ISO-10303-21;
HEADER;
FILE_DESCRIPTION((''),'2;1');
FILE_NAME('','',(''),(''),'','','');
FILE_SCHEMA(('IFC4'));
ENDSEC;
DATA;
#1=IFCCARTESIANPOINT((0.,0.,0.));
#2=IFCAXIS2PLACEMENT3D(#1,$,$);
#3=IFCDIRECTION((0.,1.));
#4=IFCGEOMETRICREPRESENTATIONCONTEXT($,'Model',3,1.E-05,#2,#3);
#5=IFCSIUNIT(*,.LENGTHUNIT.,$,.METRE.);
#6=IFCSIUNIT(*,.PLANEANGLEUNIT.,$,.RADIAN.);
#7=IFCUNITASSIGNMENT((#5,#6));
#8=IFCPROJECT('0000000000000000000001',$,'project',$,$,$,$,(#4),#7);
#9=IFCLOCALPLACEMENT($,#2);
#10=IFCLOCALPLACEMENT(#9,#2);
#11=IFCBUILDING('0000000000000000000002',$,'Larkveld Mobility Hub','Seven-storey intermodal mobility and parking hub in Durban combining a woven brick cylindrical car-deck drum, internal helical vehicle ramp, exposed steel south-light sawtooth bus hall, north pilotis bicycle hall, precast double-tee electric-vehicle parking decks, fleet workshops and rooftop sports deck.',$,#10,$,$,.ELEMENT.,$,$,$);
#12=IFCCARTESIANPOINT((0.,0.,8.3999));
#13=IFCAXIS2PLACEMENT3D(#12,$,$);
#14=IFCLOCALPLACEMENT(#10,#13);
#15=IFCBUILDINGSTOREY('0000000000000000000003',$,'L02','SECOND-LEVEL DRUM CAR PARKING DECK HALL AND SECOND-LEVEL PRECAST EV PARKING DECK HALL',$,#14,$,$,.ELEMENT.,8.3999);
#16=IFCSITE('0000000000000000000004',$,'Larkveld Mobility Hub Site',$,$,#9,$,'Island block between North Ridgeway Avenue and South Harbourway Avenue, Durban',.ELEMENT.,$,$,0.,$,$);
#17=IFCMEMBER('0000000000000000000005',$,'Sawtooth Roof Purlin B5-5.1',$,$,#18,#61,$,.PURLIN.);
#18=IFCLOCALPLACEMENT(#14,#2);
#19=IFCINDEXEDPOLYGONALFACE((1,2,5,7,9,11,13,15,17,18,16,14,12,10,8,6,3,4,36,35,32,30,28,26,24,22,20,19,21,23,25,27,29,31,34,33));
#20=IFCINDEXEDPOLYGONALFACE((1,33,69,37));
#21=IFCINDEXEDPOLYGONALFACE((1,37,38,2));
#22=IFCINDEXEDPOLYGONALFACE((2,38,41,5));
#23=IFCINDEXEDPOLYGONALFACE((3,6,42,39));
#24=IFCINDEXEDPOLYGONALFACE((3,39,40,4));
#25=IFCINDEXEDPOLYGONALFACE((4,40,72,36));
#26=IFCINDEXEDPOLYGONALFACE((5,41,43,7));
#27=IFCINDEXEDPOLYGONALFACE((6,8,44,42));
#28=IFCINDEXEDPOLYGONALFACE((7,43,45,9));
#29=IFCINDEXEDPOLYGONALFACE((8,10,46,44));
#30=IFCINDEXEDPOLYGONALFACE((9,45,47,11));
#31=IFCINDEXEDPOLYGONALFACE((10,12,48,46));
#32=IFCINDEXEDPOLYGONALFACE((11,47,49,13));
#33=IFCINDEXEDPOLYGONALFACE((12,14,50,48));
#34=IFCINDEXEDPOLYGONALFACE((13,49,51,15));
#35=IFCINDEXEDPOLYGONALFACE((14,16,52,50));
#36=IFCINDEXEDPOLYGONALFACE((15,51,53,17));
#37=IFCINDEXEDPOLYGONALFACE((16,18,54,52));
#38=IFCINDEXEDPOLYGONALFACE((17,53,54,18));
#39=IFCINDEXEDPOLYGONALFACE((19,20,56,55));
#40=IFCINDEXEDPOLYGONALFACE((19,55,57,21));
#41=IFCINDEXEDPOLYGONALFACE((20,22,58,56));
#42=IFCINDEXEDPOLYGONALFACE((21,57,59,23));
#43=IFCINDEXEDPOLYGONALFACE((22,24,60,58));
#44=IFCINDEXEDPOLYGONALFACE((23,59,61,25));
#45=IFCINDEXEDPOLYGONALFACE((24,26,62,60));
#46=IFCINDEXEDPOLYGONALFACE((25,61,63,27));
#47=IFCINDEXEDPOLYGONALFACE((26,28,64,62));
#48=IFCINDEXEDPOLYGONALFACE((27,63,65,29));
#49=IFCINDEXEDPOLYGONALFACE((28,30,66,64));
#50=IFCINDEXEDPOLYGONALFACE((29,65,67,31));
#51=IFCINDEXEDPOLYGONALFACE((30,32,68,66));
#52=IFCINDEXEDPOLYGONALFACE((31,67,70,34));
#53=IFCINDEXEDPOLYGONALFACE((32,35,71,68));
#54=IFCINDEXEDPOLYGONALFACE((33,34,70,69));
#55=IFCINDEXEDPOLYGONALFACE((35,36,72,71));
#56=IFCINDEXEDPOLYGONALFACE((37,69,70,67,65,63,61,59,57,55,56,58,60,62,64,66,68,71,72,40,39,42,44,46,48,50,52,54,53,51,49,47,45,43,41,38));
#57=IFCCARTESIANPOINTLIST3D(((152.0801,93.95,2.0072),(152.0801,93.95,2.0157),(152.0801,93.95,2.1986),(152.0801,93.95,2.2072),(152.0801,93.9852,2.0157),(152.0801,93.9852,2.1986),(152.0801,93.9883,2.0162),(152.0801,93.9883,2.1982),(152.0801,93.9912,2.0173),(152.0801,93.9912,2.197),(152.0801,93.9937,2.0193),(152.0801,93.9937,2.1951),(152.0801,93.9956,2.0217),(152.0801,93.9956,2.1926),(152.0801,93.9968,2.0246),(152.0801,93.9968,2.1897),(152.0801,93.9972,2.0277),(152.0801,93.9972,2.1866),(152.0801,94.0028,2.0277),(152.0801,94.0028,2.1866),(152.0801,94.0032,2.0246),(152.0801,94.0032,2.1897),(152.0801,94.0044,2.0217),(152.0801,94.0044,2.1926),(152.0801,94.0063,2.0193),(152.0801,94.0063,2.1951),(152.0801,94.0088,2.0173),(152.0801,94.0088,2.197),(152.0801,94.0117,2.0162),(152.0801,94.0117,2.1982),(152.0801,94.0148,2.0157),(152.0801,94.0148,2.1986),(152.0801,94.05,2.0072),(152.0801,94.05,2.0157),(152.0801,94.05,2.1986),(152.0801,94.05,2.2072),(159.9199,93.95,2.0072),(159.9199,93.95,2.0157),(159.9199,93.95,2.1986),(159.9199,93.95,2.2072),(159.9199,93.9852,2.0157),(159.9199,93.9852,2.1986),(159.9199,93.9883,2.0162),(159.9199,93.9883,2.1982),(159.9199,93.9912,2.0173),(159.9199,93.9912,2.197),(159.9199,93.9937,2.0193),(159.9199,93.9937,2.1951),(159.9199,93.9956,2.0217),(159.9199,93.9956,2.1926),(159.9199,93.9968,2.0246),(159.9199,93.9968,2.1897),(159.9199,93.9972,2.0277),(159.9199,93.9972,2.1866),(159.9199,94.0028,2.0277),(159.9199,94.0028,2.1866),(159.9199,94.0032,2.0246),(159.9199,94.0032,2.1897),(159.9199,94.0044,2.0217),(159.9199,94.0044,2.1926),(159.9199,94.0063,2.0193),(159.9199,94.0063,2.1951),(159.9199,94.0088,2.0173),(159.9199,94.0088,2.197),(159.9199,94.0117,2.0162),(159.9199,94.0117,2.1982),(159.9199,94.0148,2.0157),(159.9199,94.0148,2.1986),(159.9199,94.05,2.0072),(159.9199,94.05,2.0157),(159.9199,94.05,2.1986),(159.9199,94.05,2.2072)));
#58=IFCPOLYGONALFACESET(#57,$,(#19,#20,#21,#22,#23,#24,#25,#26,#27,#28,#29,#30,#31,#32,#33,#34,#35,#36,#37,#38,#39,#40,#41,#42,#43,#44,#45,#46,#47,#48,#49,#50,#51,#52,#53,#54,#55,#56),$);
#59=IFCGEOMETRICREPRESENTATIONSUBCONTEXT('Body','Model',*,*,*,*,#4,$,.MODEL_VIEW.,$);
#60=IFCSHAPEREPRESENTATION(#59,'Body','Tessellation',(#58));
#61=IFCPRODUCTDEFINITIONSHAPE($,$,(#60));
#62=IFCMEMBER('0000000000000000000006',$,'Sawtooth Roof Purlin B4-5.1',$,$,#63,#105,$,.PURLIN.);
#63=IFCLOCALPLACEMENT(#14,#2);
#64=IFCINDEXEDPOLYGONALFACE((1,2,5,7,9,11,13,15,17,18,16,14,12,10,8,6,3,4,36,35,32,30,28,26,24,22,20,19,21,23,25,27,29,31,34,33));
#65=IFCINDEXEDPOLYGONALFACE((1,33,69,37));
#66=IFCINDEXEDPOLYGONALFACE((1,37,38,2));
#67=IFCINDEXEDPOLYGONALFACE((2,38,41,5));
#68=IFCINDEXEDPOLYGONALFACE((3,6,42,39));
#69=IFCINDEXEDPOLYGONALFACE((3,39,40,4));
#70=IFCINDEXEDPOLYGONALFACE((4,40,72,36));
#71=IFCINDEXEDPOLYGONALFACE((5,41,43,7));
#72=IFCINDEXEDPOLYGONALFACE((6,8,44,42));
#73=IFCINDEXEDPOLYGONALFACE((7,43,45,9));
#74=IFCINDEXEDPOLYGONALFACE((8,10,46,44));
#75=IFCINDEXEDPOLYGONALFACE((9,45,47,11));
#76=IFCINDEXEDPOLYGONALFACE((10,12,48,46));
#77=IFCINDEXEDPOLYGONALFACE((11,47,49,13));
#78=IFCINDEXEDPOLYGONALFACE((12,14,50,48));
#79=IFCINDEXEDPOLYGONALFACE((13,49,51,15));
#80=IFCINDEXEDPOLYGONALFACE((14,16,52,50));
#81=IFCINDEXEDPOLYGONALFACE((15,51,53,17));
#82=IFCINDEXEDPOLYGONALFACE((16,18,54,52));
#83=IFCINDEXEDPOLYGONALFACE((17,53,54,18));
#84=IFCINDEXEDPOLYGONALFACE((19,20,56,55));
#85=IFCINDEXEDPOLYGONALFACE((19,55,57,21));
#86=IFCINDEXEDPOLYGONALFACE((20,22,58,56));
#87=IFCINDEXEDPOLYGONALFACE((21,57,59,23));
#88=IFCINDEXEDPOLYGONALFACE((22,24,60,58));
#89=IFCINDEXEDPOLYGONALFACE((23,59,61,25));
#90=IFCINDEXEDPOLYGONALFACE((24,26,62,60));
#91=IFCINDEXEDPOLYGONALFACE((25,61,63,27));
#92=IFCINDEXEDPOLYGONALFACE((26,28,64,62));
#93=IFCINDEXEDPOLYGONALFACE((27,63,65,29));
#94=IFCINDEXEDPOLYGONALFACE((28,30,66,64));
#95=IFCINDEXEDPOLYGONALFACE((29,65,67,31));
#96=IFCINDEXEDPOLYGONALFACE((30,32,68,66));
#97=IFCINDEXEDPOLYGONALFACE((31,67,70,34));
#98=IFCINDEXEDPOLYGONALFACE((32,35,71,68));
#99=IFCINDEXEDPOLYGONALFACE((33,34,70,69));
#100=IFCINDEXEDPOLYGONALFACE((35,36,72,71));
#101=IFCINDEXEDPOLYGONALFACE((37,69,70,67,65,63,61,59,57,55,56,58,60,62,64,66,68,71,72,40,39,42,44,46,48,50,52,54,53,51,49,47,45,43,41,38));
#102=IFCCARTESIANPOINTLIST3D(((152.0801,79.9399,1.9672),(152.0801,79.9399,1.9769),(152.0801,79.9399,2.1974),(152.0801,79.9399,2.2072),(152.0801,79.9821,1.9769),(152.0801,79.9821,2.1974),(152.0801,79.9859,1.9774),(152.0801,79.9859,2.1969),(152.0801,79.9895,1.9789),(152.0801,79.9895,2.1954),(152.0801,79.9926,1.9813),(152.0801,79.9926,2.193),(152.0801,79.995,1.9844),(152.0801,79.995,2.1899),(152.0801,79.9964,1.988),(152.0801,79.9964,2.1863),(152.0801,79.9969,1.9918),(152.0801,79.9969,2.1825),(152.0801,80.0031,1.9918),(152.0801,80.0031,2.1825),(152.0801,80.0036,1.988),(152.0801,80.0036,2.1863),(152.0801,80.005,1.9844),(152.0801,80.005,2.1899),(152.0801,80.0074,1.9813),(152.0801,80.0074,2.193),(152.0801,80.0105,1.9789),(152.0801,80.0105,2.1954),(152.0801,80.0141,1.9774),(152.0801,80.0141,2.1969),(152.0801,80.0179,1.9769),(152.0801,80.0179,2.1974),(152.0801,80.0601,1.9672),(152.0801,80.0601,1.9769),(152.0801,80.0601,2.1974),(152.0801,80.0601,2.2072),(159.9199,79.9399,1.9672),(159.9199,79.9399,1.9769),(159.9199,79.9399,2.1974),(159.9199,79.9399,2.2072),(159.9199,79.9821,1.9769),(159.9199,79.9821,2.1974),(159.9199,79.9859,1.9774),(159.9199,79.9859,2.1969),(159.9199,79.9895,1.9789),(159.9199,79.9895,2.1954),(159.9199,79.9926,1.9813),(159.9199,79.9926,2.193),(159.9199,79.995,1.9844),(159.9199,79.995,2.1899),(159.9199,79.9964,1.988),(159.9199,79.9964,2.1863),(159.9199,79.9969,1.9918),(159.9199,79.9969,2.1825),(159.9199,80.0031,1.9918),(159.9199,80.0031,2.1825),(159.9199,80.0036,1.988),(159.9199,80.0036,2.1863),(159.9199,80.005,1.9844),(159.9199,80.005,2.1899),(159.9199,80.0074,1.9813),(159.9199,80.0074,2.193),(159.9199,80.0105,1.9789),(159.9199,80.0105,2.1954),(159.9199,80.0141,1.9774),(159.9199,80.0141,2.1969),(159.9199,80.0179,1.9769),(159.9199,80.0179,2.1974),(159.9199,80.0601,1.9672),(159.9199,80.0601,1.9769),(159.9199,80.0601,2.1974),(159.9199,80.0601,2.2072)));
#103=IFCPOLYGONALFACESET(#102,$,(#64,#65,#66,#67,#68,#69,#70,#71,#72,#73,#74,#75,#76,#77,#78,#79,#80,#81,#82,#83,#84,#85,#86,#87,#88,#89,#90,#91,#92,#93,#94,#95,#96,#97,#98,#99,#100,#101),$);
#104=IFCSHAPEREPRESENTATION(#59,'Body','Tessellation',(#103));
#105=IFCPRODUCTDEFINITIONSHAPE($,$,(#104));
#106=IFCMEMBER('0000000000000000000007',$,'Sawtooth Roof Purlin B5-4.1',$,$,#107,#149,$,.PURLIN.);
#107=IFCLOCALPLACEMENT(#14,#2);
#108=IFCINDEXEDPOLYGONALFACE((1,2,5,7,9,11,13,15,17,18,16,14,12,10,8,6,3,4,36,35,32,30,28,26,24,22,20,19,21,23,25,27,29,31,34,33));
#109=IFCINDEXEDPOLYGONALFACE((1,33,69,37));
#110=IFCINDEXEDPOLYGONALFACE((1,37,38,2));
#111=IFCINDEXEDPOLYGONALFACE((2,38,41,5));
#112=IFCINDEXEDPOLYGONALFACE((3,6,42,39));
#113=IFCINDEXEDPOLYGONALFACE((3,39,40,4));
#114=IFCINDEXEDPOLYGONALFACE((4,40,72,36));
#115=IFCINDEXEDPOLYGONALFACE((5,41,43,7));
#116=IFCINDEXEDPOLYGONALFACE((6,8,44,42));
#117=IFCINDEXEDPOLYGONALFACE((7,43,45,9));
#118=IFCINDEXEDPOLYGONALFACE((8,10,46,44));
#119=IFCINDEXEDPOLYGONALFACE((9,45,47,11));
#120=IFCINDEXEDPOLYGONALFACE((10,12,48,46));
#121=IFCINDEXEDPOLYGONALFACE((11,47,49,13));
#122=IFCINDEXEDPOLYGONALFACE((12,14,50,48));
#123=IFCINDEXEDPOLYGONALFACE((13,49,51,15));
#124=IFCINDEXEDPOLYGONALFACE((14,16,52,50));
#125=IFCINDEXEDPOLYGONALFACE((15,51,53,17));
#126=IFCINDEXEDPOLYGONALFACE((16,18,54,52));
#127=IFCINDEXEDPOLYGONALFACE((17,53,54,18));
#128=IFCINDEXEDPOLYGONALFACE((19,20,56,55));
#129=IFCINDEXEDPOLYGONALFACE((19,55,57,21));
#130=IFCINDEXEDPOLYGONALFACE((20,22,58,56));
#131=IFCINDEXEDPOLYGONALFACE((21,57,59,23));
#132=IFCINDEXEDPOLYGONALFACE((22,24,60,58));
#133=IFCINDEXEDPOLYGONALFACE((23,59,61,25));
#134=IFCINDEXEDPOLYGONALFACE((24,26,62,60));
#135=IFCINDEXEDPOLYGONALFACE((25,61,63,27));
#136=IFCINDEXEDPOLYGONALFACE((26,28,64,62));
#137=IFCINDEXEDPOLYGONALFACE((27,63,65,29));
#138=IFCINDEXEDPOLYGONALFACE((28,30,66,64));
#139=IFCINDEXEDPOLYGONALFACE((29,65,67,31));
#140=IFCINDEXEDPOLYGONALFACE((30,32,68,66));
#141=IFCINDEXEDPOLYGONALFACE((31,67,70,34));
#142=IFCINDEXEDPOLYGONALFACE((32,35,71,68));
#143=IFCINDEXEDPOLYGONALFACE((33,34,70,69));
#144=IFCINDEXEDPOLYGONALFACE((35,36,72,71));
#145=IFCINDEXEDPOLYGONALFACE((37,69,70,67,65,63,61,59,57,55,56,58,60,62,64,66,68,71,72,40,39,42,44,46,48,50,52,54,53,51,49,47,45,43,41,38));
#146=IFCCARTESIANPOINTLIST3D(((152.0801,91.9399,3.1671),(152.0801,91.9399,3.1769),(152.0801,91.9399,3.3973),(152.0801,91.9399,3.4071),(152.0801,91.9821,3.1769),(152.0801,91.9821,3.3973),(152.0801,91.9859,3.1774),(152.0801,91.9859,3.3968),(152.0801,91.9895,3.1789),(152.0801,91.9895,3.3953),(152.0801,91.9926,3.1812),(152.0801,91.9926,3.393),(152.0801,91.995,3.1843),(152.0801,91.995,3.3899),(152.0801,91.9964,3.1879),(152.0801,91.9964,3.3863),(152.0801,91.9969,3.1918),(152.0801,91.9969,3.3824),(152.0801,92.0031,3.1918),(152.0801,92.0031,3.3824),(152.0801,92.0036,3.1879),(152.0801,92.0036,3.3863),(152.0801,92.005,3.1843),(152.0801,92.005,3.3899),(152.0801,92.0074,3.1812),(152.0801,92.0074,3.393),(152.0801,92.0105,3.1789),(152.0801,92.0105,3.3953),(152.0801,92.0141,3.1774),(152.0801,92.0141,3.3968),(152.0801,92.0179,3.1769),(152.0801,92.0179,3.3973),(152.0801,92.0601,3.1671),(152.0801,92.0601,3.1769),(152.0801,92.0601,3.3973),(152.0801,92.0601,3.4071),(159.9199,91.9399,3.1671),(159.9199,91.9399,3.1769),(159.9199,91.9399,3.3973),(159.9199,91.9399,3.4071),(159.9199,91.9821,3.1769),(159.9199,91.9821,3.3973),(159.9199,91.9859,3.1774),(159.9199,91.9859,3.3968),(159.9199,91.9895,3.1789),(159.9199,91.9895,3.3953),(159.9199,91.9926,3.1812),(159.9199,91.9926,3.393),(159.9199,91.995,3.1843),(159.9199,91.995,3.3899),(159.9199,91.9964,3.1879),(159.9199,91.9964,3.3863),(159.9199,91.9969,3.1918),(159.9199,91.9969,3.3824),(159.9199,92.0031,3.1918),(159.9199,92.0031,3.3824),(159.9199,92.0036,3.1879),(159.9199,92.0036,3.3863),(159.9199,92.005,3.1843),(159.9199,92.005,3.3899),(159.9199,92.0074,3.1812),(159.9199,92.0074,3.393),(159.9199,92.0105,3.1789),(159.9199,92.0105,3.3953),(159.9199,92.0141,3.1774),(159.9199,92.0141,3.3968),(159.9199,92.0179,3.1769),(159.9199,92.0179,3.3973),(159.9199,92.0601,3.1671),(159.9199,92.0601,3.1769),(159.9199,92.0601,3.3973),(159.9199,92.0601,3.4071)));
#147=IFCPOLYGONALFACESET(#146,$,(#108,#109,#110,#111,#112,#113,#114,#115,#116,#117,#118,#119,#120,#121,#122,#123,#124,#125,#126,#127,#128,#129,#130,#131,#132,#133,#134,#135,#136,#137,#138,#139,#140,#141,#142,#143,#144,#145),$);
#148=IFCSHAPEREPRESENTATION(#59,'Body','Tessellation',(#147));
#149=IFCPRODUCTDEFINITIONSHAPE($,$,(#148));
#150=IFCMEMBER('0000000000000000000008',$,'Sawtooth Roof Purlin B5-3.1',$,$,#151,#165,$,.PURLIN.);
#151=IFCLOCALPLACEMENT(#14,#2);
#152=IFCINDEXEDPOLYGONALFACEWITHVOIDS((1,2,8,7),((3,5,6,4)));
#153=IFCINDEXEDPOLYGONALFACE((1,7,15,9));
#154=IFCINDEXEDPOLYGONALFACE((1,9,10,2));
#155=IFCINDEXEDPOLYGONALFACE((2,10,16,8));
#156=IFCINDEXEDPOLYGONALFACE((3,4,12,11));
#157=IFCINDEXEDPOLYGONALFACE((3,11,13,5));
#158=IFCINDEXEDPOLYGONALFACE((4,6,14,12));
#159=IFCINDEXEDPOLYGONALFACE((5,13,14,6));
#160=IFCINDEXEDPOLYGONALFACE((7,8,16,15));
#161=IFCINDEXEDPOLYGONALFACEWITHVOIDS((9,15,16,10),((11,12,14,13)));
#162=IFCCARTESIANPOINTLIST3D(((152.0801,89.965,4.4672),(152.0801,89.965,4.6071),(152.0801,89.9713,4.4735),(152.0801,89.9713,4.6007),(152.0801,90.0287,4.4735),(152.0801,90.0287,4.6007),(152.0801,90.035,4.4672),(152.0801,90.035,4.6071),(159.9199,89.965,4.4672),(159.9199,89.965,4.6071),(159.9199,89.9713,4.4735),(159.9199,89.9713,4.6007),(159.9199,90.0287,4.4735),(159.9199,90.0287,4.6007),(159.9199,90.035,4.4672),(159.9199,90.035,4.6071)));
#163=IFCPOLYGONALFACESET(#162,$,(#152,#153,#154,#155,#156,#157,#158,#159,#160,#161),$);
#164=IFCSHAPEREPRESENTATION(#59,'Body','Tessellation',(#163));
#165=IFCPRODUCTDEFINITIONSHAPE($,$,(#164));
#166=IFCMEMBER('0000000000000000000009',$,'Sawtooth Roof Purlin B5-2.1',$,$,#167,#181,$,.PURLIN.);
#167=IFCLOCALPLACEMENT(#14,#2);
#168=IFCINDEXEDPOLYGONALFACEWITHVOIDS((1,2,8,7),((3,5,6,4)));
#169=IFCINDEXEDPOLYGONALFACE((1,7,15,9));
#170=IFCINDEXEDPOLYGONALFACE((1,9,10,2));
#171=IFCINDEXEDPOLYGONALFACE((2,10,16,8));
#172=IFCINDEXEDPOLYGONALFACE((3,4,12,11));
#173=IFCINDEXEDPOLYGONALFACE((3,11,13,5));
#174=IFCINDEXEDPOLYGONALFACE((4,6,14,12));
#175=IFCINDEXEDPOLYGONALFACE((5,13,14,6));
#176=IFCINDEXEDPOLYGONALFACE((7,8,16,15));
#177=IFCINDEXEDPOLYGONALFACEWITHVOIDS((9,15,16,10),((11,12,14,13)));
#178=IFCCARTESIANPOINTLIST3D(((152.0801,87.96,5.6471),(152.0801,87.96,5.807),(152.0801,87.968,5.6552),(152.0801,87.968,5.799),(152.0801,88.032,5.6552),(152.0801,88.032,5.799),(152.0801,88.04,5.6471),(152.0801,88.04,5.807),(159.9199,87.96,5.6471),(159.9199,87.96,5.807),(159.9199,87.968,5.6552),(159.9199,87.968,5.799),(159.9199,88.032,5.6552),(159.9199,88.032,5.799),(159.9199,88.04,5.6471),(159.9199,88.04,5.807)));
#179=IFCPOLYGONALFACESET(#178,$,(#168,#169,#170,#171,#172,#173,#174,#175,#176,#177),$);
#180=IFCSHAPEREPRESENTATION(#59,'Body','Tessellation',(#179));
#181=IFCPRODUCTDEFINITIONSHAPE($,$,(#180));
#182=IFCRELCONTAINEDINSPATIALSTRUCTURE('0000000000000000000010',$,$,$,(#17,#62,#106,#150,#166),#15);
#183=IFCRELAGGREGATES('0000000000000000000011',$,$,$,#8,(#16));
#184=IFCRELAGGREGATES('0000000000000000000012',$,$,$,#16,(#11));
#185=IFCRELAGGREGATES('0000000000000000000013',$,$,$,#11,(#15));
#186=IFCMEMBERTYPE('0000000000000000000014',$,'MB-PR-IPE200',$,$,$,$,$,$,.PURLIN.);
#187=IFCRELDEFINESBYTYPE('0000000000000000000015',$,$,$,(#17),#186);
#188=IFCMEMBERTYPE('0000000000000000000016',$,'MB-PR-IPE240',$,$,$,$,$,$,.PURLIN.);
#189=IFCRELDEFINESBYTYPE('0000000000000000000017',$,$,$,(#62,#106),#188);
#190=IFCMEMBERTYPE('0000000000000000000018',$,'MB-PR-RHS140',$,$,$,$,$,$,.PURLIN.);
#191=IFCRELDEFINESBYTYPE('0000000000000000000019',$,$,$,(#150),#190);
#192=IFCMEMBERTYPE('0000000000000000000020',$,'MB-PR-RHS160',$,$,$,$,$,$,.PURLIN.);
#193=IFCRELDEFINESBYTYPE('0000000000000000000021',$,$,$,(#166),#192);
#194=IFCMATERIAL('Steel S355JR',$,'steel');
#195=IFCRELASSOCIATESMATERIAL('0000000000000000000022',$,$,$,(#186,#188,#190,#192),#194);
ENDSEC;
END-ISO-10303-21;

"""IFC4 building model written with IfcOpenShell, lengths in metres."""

from ifc_helpers import new_model, si_unit, direction, frame, origin, origin_2d, place, context, subcontext, project, spatial, hollow_rectangle, i_section, extrude, material, material_profile, profile_set, type_object, element, save


model = new_model("IFC4")

# Units and contexts
model_context = context("Model", 3, precision=1e-05, world=origin(), true_north=direction((0.0, 1.0)))
body_context = subcontext(model_context, "Body", "Model", "MODEL_VIEW")
ifc_project = project(units=[si_unit("LENGTHUNIT", "METRE"), si_unit("PLANEANGLEUNIT", "RADIAN")], contexts=[model_context])

# Site, building, storey
site_placement = place(None, origin())
site = spatial("IfcSite", under=ifc_project, at=site_placement, Name="Larkveld Mobility Hub Site", LongName="Island block between North Ridgeway Avenue and South Harbourway Avenue, Durban", CompositionType="ELEMENT", RefElevation=0.0)
building_placement = place(site_placement, origin())
building = spatial("IfcBuilding", under=site, at=building_placement, Name="Larkveld Mobility Hub", Description="Seven-storey intermodal mobility and parking hub in Durban combining a woven brick cylindrical car-deck drum, internal helical vehicle ramp, exposed steel south-light sawtooth bus hall, north pilotis bicycle hall, precast double-tee electric-vehicle parking decks, fleet workshops and rooftop sports deck.", CompositionType="ELEMENT")
storey_placement = place(building_placement, frame((0.0, 0.0, 8.3999)))
storey = spatial("IfcBuildingStorey", under=building, at=storey_placement, Name="L02", Description="SECOND-LEVEL DRUM CAR PARKING DECK HALL AND SECOND-LEVEL PRECAST EV PARKING DECK HALL", CompositionType="ELEMENT", Elevation=8.3999)

# Shared definitions
ifc_material_1 = material(Name="Steel S355JR", Category="steel")

# Members
ifc_material_profile_1 = material_profile(ifc_material_1, i_section(OverallWidth=0.1001, OverallDepth=0.2, WebThickness=0.0056, FlangeThickness=0.0085, FilletRadius=0.012, at=origin_2d()), Name="IPE 200")
ifc_profile_set_1 = profile_set([ifc_material_profile_1], Name="Steel S355JR")
member_type_1 = type_object("IfcMemberType", Name="MB-PR-IPE200", PredefinedType="PURLIN", material=ifc_profile_set_1)
for number, where, z_axis, x_axis, name in (
    (1, (152.0801, 94.0, 2.1072), (1.0, 0.0, 0.0), (0.0, 1.0, 0.0), "Sawtooth Roof Purlin B5-5.1"),
):
    element("IfcMember", number, at=place(storey_placement, frame(where, z_axis=z_axis, x_axis=x_axis)), inside=storey, type_object=member_type_1, Name=name, PredefinedType="PURLIN", context=body_context, shape_type="SweptSolid", body=[
        extrude(i_section(OverallWidth=0.1001, OverallDepth=0.2, WebThickness=0.0056, FlangeThickness=0.0085, FilletRadius=0.012, at=origin_2d()), origin(), (0.0, 0.0, 1.0), 7.8398),
    ])
ifc_material_profile_2 = material_profile(ifc_material_1, i_section(OverallWidth=0.1201, OverallDepth=0.24, WebThickness=0.0061, FlangeThickness=0.0098, FilletRadius=0.0149, at=origin_2d()), Name="IPE 240")
ifc_profile_set_2 = profile_set([ifc_material_profile_2], Name="Steel S355JR")
member_type_2 = type_object("IfcMemberType", Name="MB-PR-IPE240", PredefinedType="PURLIN", material=ifc_profile_set_2)
for number, where, z_axis, x_axis, name in (
    (2, (152.0801, 80.0, 2.0872), (1.0, 0.0, 0.0), (0.0, 1.0, 0.0), "Sawtooth Roof Purlin B4-5.1"),
    (3, (152.0801, 92.0, 3.2871), (1.0, 0.0, 0.0), (0.0, 1.0, 0.0), "Sawtooth Roof Purlin B5-4.1"),
):
    element("IfcMember", number, at=place(storey_placement, frame(where, z_axis=z_axis, x_axis=x_axis)), inside=storey, type_object=member_type_2, Name=name, PredefinedType="PURLIN", context=body_context, shape_type="SweptSolid", body=[
        extrude(i_section(OverallWidth=0.1201, OverallDepth=0.24, WebThickness=0.0061, FlangeThickness=0.0098, FilletRadius=0.0149, at=origin_2d()), origin(), (0.0, 0.0, 1.0), 7.8398),
    ])
ifc_material_profile_3 = material_profile(ifc_material_1, hollow_rectangle(XDim=0.0701, YDim=0.1399, WallThickness=0.0063, at=origin_2d()), Name="RHS 140x70x6.3")
ifc_profile_set_3 = profile_set([ifc_material_profile_3], Name="Steel S355JR")
member_type_3 = type_object("IfcMemberType", Name="MB-PR-RHS140", PredefinedType="PURLIN", material=ifc_profile_set_3)
member_1_placement = place(storey_placement, frame((152.0801, 90.0, 4.5371), z_axis=(1.0, 0.0, 0.0), x_axis=(0.0, 1.0, 0.0)))
element("IfcMember", 4, at=member_1_placement, inside=storey, type_object=member_type_3, Name="Sawtooth Roof Purlin B5-3.1", PredefinedType="PURLIN", context=body_context, shape_type="SweptSolid", body=[
    extrude(hollow_rectangle(XDim=0.0701, YDim=0.1399, WallThickness=0.0063, at=origin_2d()), origin(), (0.0, 0.0, 1.0), 7.8398),
])
ifc_material_profile_4 = material_profile(ifc_material_1, hollow_rectangle(XDim=0.0801, YDim=0.1599, WallThickness=0.0081, at=origin_2d()), Name="RHS 160x80x8")
ifc_profile_set_4 = profile_set([ifc_material_profile_4], Name="Steel S355JR")
member_type_4 = type_object("IfcMemberType", Name="MB-PR-RHS160", PredefinedType="PURLIN", material=ifc_profile_set_4)
member_2_placement = place(storey_placement, frame((152.0801, 88.0, 5.7271), z_axis=(1.0, 0.0, 0.0), x_axis=(0.0, 1.0, 0.0)))
element("IfcMember", 5, at=member_2_placement, inside=storey, type_object=member_type_4, Name="Sawtooth Roof Purlin B5-2.1", PredefinedType="PURLIN", context=body_context, shape_type="SweptSolid", body=[
    extrude(hollow_rectangle(XDim=0.0801, YDim=0.1599, WallThickness=0.0081, at=origin_2d()), origin(), (0.0, 0.0, 1.0), 7.8398),
])

save(model, "model.ifc")
